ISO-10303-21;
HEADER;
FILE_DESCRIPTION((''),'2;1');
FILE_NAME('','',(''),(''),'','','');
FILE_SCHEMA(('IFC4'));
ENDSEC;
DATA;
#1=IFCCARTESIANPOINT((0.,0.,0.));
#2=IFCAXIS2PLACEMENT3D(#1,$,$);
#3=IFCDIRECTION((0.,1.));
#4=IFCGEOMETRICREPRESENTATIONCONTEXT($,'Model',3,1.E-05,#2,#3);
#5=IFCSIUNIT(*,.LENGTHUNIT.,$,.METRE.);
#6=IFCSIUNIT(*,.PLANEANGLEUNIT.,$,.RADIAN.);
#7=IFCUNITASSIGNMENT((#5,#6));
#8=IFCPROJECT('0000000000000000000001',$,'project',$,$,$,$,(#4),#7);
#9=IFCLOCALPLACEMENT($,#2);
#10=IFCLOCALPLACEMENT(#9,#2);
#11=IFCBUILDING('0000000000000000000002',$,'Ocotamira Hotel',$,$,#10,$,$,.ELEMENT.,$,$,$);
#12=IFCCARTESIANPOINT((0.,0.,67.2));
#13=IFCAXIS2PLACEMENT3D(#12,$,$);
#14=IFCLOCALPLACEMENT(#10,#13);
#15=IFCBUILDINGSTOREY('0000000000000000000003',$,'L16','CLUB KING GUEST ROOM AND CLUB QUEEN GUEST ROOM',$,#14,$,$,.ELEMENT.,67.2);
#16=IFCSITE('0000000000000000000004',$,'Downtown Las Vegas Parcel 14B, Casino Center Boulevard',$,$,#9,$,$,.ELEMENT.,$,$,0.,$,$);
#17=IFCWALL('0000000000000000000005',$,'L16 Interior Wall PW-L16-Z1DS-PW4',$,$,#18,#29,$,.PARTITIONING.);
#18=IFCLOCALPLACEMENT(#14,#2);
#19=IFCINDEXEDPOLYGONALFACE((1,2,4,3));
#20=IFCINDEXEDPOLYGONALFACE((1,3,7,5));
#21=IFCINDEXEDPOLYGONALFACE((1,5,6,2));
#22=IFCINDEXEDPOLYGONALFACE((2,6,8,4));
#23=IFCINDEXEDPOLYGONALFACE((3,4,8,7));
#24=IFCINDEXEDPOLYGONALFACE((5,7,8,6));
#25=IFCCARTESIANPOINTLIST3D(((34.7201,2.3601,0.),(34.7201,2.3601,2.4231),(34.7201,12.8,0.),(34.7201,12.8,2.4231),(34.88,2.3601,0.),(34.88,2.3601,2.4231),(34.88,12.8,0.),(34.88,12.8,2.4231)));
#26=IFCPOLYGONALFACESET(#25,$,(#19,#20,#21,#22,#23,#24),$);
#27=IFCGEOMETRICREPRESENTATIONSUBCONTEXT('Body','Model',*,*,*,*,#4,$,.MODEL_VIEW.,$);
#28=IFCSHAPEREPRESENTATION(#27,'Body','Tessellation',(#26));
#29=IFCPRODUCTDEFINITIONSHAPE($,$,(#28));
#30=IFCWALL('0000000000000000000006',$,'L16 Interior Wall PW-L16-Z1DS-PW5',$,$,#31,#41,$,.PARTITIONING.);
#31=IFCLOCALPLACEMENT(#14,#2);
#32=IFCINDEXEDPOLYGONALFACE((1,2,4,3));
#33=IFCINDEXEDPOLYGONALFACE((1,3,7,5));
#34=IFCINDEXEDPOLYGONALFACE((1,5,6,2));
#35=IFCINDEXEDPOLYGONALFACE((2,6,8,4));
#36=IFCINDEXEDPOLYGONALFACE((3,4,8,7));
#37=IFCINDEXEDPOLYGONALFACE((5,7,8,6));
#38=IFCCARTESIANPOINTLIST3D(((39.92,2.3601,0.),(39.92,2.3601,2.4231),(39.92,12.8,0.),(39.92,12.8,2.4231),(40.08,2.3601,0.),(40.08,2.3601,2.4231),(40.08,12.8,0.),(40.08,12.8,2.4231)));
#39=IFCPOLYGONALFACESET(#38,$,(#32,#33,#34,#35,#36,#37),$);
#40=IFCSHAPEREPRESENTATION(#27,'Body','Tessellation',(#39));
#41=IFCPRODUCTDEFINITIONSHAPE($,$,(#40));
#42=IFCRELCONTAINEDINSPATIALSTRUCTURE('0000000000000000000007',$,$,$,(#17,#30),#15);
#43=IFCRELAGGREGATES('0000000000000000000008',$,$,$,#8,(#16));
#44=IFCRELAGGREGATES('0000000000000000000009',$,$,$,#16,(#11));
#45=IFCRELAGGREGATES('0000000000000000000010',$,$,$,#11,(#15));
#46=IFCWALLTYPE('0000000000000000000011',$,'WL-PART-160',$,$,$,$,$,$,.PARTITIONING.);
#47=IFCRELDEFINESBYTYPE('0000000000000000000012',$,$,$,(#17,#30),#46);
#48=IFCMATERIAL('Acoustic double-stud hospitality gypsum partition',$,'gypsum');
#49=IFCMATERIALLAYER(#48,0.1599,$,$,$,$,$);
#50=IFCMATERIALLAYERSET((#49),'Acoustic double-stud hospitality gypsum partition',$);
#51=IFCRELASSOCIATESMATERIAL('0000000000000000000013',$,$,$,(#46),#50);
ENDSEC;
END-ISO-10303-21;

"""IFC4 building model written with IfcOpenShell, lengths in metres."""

from ifc_helpers import new_model, si_unit, direction, frame, frame_2d, origin, place, context, subcontext, project, spatial, rectangle, extrude, material, layer, layer_set, type_object, element, save


model = new_model("IFC4")

# Units and contexts
model_context = context("Model", 3, precision=1e-05, world=origin(), true_north=direction((0.0, 1.0)))
body_context = subcontext(model_context, "Body", "Model", "MODEL_VIEW")
ifc_project = project(units=[si_unit("LENGTHUNIT", "METRE"), si_unit("PLANEANGLEUNIT", "RADIAN")], contexts=[model_context])

# Site, building, storey
site_placement = place(None, origin())
site = spatial("IfcSite", under=ifc_project, at=site_placement, Name="Downtown Las Vegas Parcel 14B, Casino Center Boulevard", CompositionType="ELEMENT", RefElevation=0.0)
building_placement = place(site_placement, origin())
building = spatial("IfcBuilding", under=site, at=building_placement, Name="Ocotamira Hotel", CompositionType="ELEMENT")
storey_placement = place(building_placement, frame((0.0, 0.0, 67.2)))
storey = spatial("IfcBuildingStorey", under=building, at=storey_placement, Name="L16", Description="CLUB KING GUEST ROOM AND CLUB QUEEN GUEST ROOM", CompositionType="ELEMENT", Elevation=67.2)

# Walls
ifc_material_1 = material(Name="Acoustic double-stud hospitality gypsum partition", Category="gypsum")
ifc_layer_1 = layer(ifc_material_1, 0.1599)
ifc_layer_set_1 = layer_set([ifc_layer_1], Name="Acoustic double-stud hospitality gypsum partition")
wall_type = type_object("IfcWallType", Name="WL-PART-160", PredefinedType="PARTITIONING", material=ifc_layer_set_1)
for number, where, z_axis, x_axis, name in (
    (1, (34.8, 2.3601, 0.0), (0.0, 0.0, 1.0), (0.0, 1.0, 0.0), "L16 Interior Wall PW-L16-Z1DS-PW4"),
    (2, (40.0, 2.3601, 0.0), (0.0, 0.0, 1.0), (0.0, 1.0, 0.0), "L16 Interior Wall PW-L16-Z1DS-PW5"),
):
    element("IfcWall", number, at=place(storey_placement, frame(where, z_axis=z_axis, x_axis=x_axis)), inside=storey, type_object=wall_type, Name=name, PredefinedType="PARTITIONING", context=body_context, shape_type="SweptSolid", body=[
        extrude(rectangle(XDim=10.4399, YDim=0.1599, at=frame_2d((5.22, 0.0))), origin(), (0.0, 0.0, 1.0), 2.4231),
    ])

save(model, "model.ifc")
